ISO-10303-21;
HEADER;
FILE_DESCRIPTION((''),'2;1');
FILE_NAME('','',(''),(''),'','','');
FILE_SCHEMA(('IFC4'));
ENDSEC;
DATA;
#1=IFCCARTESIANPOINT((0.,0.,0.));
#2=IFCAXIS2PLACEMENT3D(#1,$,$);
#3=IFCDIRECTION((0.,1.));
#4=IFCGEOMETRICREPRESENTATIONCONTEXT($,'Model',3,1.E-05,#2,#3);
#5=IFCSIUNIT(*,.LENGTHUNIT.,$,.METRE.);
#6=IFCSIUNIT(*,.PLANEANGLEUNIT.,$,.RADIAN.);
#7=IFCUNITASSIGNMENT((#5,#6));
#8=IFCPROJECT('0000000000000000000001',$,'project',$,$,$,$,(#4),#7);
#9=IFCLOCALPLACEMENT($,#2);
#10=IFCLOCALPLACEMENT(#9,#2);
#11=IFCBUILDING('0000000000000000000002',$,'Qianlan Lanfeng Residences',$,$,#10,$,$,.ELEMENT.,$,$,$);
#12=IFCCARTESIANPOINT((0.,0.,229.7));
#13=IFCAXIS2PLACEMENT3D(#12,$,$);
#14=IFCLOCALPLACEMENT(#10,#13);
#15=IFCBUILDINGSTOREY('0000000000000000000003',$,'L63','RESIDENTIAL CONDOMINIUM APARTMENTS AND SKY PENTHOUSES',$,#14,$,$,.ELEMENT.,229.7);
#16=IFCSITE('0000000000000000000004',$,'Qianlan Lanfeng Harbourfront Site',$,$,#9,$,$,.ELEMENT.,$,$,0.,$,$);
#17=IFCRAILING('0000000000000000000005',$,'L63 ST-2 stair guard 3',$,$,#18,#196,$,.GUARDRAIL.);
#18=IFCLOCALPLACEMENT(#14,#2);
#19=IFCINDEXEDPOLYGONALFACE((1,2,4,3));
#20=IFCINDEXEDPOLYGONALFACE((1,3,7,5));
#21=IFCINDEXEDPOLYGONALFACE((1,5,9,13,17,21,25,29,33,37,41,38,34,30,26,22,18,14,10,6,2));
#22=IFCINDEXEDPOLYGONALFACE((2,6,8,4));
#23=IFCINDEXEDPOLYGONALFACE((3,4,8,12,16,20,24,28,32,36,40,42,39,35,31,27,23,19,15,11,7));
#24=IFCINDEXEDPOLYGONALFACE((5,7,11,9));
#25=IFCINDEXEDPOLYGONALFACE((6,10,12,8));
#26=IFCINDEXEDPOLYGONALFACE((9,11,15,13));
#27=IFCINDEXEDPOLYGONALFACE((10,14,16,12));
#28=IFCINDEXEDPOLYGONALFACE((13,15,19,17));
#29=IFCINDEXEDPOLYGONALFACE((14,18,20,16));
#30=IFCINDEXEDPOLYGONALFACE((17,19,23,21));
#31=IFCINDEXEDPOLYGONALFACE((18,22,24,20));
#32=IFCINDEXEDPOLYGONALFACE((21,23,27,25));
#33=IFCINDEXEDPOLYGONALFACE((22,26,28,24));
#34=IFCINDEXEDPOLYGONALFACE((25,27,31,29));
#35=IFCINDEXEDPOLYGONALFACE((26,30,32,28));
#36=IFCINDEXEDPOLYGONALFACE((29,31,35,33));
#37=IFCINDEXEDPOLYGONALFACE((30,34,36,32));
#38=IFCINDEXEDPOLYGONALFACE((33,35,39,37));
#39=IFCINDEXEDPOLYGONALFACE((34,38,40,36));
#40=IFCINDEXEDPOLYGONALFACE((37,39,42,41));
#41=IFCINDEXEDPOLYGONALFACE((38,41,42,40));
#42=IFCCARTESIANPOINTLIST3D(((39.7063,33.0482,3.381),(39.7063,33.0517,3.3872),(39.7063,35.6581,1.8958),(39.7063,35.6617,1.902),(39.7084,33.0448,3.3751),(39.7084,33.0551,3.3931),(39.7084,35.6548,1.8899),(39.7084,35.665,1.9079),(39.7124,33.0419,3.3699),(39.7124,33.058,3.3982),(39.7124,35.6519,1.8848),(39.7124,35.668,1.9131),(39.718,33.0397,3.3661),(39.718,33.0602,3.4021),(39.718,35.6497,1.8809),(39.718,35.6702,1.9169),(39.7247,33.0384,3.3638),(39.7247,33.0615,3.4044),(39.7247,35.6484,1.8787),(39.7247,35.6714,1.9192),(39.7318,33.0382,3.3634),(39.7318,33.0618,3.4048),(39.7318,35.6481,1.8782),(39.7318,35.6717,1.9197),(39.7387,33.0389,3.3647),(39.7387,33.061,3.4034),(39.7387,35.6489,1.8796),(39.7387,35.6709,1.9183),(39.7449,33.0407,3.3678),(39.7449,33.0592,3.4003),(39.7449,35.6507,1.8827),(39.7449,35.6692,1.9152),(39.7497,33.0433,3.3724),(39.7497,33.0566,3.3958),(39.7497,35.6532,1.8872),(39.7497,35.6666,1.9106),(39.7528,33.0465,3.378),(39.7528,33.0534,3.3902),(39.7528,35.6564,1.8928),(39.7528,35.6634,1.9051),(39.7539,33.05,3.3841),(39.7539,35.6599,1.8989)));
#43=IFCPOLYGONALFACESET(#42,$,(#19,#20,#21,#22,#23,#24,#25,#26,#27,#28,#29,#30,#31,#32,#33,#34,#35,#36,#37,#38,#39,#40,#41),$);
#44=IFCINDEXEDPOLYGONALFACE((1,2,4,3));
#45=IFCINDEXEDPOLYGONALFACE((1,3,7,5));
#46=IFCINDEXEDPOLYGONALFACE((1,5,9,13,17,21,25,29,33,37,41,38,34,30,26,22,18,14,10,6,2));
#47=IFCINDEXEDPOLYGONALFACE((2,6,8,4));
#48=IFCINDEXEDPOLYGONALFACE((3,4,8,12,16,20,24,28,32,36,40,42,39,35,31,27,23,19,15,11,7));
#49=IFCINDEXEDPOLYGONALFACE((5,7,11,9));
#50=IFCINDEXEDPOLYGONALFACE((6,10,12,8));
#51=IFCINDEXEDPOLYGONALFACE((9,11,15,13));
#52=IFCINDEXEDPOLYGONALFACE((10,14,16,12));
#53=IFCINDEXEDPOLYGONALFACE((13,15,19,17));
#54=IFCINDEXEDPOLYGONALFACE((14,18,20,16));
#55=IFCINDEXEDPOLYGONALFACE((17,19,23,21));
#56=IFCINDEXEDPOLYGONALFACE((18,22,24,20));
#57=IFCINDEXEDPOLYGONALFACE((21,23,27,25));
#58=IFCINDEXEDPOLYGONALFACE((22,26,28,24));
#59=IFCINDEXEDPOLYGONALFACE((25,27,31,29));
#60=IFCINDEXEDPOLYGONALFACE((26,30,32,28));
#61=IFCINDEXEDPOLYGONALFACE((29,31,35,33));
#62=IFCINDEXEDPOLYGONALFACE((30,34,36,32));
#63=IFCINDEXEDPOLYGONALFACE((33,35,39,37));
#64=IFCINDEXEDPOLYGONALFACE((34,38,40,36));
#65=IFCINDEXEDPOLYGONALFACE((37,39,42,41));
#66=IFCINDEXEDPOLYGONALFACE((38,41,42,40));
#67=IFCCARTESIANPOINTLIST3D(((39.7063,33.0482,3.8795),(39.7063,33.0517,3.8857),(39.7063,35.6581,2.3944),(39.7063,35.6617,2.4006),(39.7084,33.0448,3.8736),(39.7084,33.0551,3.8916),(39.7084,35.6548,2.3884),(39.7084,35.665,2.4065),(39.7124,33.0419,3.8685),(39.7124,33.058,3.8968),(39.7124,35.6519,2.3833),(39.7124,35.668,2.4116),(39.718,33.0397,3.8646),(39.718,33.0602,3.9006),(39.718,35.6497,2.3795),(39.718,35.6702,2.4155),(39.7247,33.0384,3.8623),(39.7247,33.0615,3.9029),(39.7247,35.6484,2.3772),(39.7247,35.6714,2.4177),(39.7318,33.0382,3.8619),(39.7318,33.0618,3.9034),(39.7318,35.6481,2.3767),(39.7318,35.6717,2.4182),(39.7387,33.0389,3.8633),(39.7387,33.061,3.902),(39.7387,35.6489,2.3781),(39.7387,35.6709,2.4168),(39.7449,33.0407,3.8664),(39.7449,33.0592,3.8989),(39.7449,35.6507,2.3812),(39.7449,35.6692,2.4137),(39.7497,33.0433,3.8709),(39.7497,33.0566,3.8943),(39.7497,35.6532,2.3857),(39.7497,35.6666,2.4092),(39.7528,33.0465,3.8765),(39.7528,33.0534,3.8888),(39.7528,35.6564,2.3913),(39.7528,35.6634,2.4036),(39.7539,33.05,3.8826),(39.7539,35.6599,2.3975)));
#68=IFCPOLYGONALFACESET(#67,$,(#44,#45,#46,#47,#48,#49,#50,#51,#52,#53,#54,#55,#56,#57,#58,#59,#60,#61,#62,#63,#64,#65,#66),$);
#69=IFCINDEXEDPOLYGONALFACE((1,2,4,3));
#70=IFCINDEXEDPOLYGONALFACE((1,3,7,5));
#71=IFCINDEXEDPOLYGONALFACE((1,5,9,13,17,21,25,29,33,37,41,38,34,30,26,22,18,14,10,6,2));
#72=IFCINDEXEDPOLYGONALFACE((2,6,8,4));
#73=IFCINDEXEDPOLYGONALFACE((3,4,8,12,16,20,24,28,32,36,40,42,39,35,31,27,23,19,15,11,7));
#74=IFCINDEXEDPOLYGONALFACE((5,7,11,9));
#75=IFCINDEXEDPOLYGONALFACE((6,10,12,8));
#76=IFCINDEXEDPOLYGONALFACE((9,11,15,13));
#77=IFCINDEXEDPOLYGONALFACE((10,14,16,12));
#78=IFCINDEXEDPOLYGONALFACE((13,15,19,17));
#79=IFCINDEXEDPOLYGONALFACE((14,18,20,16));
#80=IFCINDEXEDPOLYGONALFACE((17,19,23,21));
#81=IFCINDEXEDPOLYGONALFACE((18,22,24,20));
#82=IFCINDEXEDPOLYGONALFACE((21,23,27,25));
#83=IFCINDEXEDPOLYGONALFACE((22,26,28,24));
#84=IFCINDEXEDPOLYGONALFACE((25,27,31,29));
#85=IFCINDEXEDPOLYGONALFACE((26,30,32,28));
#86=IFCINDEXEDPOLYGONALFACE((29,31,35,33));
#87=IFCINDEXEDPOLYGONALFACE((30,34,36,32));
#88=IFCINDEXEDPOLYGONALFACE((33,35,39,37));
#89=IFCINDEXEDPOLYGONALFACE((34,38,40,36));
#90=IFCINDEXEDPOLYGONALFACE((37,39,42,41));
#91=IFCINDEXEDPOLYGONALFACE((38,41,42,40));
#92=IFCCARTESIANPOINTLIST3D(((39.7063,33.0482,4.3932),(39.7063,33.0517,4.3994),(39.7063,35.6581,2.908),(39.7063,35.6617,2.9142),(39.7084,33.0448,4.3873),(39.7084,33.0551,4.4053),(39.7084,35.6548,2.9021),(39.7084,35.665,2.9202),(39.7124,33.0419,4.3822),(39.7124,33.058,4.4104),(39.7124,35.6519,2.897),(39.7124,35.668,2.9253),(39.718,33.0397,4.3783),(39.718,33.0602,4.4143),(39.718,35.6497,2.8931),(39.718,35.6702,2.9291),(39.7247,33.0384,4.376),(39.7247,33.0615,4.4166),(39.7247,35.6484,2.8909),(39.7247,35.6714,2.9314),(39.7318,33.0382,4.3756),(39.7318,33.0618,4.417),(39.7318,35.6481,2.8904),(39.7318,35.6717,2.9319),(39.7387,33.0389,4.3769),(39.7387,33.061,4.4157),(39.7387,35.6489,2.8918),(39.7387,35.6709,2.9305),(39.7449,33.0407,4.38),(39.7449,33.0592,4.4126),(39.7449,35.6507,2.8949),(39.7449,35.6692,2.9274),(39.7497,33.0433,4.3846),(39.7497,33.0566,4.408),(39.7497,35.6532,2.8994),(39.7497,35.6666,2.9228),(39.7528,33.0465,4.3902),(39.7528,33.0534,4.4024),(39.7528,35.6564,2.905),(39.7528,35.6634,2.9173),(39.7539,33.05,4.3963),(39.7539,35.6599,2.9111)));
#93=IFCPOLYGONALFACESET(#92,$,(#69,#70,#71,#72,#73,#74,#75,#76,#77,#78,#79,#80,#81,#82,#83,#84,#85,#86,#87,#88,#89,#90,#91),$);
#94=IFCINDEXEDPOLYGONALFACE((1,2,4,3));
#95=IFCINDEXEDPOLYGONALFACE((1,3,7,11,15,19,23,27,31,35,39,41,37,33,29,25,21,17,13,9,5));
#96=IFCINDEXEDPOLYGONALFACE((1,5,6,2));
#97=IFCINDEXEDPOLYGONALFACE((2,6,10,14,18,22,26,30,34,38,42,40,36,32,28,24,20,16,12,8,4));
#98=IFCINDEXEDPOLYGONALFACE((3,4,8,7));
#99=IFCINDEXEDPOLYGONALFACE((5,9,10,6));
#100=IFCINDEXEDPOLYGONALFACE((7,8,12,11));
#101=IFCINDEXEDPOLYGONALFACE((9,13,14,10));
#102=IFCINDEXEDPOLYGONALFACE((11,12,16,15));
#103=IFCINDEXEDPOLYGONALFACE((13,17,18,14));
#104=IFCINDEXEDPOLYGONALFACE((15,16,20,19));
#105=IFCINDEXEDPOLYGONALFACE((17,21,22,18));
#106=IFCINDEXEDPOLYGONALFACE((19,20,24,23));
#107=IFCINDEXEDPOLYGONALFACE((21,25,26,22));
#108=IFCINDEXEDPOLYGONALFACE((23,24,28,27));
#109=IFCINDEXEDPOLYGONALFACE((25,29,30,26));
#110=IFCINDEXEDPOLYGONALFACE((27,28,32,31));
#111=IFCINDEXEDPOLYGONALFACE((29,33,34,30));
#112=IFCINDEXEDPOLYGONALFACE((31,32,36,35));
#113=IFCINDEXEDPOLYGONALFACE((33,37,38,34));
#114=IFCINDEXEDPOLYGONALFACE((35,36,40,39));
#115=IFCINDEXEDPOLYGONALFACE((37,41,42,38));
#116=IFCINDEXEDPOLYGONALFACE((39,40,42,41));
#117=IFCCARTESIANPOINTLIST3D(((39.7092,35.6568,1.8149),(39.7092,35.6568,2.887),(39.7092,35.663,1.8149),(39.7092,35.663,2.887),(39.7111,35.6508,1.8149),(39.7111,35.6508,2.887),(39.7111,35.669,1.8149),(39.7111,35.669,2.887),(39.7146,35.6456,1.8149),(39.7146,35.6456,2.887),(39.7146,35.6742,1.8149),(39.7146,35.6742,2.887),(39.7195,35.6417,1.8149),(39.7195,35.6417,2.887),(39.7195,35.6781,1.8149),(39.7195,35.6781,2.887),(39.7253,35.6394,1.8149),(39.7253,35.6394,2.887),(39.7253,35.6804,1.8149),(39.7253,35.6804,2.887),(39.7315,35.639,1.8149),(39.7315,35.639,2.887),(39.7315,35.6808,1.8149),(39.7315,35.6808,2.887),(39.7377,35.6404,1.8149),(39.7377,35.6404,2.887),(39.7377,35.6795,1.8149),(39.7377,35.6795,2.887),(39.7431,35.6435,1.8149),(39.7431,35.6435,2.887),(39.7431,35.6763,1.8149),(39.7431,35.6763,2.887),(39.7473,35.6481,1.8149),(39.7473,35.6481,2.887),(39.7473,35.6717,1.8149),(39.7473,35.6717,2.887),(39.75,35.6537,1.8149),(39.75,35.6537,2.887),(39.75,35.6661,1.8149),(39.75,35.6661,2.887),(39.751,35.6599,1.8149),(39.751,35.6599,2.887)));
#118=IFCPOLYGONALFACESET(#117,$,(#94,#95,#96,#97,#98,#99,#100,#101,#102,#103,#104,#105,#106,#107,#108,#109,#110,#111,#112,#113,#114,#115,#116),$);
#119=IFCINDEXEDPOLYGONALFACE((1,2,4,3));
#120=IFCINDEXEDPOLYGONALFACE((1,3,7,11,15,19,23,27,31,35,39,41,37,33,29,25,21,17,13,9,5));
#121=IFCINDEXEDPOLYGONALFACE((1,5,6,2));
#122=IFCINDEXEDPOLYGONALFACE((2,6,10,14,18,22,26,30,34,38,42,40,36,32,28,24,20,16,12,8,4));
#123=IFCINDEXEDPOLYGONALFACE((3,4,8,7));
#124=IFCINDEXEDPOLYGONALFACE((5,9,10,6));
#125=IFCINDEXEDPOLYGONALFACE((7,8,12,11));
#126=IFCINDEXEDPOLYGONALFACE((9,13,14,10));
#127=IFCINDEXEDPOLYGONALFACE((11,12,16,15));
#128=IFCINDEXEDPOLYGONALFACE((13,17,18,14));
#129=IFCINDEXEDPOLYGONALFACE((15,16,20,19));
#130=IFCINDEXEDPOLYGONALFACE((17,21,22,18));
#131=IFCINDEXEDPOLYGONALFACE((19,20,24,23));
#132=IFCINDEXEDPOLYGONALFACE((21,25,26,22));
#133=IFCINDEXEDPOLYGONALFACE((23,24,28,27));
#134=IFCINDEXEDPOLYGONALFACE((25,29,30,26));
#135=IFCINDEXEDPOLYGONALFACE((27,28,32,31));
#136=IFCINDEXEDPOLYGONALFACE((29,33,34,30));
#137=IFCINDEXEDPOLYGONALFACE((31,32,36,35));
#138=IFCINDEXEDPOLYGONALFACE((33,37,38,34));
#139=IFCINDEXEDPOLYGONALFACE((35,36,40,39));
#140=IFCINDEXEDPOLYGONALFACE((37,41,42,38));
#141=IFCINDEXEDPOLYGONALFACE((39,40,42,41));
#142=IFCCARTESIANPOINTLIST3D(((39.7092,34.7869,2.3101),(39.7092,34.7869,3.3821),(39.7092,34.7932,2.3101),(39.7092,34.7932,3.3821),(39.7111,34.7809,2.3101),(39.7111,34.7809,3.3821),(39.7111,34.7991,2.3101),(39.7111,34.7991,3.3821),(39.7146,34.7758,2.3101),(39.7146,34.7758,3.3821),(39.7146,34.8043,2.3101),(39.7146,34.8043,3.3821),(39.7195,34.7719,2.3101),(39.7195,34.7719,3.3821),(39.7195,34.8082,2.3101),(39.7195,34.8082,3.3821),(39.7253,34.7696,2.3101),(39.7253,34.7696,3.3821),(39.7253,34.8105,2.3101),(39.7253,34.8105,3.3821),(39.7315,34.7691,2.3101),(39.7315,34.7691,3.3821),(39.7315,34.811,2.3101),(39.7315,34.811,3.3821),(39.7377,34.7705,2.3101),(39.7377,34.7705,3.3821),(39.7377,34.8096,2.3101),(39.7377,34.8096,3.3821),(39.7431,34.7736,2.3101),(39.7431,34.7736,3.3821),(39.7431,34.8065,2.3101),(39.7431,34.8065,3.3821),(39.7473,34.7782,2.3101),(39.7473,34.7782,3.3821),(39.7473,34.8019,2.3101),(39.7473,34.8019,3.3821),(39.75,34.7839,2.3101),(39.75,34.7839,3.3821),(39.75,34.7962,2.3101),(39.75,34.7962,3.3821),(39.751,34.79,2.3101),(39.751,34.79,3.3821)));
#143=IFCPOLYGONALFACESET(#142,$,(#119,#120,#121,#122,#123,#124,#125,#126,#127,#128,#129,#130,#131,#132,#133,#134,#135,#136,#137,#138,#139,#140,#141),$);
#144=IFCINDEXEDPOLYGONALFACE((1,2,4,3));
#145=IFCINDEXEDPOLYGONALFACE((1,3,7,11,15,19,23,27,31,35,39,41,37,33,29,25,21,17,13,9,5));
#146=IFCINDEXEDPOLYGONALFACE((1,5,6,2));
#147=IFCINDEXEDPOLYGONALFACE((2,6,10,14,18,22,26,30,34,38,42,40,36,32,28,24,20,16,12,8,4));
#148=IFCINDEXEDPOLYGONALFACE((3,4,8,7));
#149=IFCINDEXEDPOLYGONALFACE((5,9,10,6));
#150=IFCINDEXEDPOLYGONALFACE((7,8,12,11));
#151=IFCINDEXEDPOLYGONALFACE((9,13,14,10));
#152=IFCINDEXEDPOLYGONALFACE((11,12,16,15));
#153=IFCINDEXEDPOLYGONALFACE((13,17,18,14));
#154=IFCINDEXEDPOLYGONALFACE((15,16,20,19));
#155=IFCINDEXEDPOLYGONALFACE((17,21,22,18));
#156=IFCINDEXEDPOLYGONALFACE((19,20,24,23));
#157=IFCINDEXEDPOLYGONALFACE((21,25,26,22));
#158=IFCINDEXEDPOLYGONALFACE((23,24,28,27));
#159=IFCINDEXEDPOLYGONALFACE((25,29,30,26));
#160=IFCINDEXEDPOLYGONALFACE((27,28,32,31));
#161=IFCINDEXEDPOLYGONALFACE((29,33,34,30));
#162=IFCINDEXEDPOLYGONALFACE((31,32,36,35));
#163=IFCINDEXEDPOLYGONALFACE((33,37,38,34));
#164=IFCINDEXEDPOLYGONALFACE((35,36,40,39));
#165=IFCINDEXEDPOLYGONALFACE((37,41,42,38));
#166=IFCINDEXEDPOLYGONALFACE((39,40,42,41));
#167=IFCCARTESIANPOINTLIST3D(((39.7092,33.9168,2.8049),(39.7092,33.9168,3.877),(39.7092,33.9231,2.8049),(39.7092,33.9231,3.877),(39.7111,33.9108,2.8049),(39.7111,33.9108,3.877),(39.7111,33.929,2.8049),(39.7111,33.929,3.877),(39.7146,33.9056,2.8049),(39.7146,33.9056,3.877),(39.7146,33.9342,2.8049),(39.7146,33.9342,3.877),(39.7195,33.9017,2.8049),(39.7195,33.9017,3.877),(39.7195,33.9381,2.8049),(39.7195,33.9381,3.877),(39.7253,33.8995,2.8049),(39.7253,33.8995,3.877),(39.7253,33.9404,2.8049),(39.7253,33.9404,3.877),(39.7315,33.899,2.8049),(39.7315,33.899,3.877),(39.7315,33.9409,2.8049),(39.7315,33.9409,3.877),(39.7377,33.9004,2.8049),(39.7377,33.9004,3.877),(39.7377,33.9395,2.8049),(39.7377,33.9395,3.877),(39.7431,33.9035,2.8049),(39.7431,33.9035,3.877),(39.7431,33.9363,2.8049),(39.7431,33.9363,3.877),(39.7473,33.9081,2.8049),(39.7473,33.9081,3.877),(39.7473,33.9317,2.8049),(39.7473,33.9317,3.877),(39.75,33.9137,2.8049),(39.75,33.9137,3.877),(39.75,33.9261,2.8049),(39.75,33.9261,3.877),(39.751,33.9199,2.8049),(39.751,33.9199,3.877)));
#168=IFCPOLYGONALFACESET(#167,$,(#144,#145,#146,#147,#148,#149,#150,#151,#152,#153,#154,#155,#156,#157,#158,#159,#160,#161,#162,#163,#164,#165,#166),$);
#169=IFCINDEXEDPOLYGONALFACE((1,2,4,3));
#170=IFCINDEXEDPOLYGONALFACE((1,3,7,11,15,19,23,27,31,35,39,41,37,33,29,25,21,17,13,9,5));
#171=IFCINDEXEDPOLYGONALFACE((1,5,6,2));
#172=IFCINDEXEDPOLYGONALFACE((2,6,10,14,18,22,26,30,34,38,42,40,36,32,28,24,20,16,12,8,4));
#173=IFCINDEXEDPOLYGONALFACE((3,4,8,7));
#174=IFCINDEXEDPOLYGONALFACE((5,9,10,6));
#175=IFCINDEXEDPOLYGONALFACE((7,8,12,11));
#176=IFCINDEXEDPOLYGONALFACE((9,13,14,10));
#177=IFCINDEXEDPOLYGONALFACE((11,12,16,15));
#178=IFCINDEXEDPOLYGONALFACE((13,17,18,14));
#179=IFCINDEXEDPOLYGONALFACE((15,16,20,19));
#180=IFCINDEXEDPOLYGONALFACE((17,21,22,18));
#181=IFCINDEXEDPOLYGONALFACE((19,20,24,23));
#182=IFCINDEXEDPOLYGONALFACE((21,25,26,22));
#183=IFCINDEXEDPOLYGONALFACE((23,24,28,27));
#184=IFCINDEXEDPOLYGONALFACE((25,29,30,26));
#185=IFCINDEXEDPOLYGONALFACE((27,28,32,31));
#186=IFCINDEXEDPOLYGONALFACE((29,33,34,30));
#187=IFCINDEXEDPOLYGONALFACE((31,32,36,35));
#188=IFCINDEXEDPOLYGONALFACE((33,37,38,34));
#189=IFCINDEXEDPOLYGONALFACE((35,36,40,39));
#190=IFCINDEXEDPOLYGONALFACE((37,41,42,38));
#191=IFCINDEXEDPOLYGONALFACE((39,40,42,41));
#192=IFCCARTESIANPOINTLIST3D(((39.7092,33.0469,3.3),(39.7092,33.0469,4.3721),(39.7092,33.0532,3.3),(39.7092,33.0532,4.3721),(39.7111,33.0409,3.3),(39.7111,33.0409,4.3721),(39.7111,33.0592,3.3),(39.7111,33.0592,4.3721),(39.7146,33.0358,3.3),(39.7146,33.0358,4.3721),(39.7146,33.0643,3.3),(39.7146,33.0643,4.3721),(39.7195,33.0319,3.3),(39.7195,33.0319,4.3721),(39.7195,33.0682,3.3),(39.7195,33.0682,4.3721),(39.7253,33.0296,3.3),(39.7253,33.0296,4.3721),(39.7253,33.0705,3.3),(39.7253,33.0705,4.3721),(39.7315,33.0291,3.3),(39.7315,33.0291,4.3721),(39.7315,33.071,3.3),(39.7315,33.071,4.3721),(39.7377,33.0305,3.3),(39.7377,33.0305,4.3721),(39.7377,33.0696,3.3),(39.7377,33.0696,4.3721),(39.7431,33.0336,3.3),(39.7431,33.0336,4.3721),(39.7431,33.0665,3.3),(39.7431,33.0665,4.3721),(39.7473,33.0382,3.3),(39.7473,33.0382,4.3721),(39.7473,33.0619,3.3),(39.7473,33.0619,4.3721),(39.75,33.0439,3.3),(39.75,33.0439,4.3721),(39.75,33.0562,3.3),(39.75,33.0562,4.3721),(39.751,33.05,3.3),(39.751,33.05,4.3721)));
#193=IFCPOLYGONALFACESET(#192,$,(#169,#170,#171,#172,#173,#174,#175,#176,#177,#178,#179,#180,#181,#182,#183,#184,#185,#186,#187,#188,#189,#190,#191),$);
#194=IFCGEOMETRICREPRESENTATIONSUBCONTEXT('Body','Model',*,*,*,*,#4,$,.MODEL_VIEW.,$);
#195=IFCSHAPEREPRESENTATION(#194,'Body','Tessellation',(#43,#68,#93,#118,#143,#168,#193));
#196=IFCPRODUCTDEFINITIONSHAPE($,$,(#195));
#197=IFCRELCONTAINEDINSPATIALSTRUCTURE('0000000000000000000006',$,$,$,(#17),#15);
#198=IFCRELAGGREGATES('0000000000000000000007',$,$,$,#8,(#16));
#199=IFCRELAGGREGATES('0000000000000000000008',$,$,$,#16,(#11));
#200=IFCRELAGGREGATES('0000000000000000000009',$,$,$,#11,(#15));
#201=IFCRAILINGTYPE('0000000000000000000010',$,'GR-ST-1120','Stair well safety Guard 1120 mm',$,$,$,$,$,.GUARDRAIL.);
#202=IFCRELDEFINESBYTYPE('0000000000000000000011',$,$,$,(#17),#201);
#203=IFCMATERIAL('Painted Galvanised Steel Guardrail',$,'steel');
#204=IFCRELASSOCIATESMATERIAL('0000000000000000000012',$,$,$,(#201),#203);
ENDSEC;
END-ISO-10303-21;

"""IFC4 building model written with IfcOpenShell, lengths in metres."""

from ifc_helpers import new_model, si_unit, direction, frame, origin, origin_2d, place, context, subcontext, project, spatial, circle, extrude, material, type_object, element, save


model = new_model("IFC4")

# Units and contexts
model_context = context("Model", 3, precision=1e-05, world=origin(), true_north=direction((0.0, 1.0)))
body_context = subcontext(model_context, "Body", "Model", "MODEL_VIEW")
ifc_project = project(units=[si_unit("LENGTHUNIT", "METRE"), si_unit("PLANEANGLEUNIT", "RADIAN")], contexts=[model_context])

# Site, building, storey
site_placement = place(None, origin())
site = spatial("IfcSite", under=ifc_project, at=site_placement, Name="Qianlan Lanfeng Harbourfront Site", CompositionType="ELEMENT", RefElevation=0.0)
building_placement = place(site_placement, origin())
building = spatial("IfcBuilding", under=site, at=building_placement, Name="Qianlan Lanfeng Residences", CompositionType="ELEMENT")
storey_placement = place(building_placement, frame((0.0, 0.0, 229.7)))
storey = spatial("IfcBuildingStorey", under=building, at=storey_placement, Name="L63", Description="RESIDENTIAL CONDOMINIUM APARTMENTS AND SKY PENTHOUSES", CompositionType="ELEMENT", Elevation=229.7)

# Railing
ifc_material_1 = material(Name="Painted Galvanised Steel Guardrail", Category="steel")
railing_type_1 = type_object("IfcRailingType", Name="GR-ST-1120", Description="Stair well safety Guard 1120 mm", PredefinedType="GUARDRAIL", material=ifc_material_1)
railing_1_placement = place(storey_placement, frame((39.73, 35.6599, 1.8149)))
element("IfcRailing", 1, at=railing_1_placement, inside=storey, type_object=railing_type_1, Name="L63 ST-2 stair guard 3", PredefinedType="GUARDRAIL", context=body_context, shape_type="SweptSolid", body=[
    extrude(circle(Radius=0.0239, at=origin_2d()), frame((0.0, 0.0, 0.084), z_axis=(0.0, -0.869137, 0.494571), x_axis=(1.0, 0.0, 0.0)), (0.0, 0.0, 1.0), 3.0029),
    extrude(circle(Radius=0.0239, at=origin_2d()), frame((0.0, 0.0, 0.5825), z_axis=(0.0, -0.869137, 0.494571), x_axis=(1.0, 0.0, 0.0)), (0.0, 0.0, 1.0), 3.0029),
    extrude(circle(Radius=0.0239, at=origin_2d()), frame((0.0, 0.0, 1.0962), z_axis=(0.0, -0.869137, 0.494571), x_axis=(1.0, 0.0, 0.0)), (0.0, 0.0, 1.0), 3.0029),
    extrude(circle(Radius=0.021, at=origin_2d()), origin(), (0.0, 0.0, 1.0), 1.072),
    extrude(circle(Radius=0.021, at=origin_2d()), frame((0.0, -0.8699, 0.4951)), (0.0, 0.0, 1.0), 1.072),
    extrude(circle(Radius=0.021, at=origin_2d()), frame((0.0, -1.74, 0.99)), (0.0, 0.0, 1.0), 1.072),
    extrude(circle(Radius=0.021, at=origin_2d()), frame((0.0, -2.6099, 1.4851)), (0.0, 0.0, 1.0), 1.072),
])

save(model, "model.ifc")
